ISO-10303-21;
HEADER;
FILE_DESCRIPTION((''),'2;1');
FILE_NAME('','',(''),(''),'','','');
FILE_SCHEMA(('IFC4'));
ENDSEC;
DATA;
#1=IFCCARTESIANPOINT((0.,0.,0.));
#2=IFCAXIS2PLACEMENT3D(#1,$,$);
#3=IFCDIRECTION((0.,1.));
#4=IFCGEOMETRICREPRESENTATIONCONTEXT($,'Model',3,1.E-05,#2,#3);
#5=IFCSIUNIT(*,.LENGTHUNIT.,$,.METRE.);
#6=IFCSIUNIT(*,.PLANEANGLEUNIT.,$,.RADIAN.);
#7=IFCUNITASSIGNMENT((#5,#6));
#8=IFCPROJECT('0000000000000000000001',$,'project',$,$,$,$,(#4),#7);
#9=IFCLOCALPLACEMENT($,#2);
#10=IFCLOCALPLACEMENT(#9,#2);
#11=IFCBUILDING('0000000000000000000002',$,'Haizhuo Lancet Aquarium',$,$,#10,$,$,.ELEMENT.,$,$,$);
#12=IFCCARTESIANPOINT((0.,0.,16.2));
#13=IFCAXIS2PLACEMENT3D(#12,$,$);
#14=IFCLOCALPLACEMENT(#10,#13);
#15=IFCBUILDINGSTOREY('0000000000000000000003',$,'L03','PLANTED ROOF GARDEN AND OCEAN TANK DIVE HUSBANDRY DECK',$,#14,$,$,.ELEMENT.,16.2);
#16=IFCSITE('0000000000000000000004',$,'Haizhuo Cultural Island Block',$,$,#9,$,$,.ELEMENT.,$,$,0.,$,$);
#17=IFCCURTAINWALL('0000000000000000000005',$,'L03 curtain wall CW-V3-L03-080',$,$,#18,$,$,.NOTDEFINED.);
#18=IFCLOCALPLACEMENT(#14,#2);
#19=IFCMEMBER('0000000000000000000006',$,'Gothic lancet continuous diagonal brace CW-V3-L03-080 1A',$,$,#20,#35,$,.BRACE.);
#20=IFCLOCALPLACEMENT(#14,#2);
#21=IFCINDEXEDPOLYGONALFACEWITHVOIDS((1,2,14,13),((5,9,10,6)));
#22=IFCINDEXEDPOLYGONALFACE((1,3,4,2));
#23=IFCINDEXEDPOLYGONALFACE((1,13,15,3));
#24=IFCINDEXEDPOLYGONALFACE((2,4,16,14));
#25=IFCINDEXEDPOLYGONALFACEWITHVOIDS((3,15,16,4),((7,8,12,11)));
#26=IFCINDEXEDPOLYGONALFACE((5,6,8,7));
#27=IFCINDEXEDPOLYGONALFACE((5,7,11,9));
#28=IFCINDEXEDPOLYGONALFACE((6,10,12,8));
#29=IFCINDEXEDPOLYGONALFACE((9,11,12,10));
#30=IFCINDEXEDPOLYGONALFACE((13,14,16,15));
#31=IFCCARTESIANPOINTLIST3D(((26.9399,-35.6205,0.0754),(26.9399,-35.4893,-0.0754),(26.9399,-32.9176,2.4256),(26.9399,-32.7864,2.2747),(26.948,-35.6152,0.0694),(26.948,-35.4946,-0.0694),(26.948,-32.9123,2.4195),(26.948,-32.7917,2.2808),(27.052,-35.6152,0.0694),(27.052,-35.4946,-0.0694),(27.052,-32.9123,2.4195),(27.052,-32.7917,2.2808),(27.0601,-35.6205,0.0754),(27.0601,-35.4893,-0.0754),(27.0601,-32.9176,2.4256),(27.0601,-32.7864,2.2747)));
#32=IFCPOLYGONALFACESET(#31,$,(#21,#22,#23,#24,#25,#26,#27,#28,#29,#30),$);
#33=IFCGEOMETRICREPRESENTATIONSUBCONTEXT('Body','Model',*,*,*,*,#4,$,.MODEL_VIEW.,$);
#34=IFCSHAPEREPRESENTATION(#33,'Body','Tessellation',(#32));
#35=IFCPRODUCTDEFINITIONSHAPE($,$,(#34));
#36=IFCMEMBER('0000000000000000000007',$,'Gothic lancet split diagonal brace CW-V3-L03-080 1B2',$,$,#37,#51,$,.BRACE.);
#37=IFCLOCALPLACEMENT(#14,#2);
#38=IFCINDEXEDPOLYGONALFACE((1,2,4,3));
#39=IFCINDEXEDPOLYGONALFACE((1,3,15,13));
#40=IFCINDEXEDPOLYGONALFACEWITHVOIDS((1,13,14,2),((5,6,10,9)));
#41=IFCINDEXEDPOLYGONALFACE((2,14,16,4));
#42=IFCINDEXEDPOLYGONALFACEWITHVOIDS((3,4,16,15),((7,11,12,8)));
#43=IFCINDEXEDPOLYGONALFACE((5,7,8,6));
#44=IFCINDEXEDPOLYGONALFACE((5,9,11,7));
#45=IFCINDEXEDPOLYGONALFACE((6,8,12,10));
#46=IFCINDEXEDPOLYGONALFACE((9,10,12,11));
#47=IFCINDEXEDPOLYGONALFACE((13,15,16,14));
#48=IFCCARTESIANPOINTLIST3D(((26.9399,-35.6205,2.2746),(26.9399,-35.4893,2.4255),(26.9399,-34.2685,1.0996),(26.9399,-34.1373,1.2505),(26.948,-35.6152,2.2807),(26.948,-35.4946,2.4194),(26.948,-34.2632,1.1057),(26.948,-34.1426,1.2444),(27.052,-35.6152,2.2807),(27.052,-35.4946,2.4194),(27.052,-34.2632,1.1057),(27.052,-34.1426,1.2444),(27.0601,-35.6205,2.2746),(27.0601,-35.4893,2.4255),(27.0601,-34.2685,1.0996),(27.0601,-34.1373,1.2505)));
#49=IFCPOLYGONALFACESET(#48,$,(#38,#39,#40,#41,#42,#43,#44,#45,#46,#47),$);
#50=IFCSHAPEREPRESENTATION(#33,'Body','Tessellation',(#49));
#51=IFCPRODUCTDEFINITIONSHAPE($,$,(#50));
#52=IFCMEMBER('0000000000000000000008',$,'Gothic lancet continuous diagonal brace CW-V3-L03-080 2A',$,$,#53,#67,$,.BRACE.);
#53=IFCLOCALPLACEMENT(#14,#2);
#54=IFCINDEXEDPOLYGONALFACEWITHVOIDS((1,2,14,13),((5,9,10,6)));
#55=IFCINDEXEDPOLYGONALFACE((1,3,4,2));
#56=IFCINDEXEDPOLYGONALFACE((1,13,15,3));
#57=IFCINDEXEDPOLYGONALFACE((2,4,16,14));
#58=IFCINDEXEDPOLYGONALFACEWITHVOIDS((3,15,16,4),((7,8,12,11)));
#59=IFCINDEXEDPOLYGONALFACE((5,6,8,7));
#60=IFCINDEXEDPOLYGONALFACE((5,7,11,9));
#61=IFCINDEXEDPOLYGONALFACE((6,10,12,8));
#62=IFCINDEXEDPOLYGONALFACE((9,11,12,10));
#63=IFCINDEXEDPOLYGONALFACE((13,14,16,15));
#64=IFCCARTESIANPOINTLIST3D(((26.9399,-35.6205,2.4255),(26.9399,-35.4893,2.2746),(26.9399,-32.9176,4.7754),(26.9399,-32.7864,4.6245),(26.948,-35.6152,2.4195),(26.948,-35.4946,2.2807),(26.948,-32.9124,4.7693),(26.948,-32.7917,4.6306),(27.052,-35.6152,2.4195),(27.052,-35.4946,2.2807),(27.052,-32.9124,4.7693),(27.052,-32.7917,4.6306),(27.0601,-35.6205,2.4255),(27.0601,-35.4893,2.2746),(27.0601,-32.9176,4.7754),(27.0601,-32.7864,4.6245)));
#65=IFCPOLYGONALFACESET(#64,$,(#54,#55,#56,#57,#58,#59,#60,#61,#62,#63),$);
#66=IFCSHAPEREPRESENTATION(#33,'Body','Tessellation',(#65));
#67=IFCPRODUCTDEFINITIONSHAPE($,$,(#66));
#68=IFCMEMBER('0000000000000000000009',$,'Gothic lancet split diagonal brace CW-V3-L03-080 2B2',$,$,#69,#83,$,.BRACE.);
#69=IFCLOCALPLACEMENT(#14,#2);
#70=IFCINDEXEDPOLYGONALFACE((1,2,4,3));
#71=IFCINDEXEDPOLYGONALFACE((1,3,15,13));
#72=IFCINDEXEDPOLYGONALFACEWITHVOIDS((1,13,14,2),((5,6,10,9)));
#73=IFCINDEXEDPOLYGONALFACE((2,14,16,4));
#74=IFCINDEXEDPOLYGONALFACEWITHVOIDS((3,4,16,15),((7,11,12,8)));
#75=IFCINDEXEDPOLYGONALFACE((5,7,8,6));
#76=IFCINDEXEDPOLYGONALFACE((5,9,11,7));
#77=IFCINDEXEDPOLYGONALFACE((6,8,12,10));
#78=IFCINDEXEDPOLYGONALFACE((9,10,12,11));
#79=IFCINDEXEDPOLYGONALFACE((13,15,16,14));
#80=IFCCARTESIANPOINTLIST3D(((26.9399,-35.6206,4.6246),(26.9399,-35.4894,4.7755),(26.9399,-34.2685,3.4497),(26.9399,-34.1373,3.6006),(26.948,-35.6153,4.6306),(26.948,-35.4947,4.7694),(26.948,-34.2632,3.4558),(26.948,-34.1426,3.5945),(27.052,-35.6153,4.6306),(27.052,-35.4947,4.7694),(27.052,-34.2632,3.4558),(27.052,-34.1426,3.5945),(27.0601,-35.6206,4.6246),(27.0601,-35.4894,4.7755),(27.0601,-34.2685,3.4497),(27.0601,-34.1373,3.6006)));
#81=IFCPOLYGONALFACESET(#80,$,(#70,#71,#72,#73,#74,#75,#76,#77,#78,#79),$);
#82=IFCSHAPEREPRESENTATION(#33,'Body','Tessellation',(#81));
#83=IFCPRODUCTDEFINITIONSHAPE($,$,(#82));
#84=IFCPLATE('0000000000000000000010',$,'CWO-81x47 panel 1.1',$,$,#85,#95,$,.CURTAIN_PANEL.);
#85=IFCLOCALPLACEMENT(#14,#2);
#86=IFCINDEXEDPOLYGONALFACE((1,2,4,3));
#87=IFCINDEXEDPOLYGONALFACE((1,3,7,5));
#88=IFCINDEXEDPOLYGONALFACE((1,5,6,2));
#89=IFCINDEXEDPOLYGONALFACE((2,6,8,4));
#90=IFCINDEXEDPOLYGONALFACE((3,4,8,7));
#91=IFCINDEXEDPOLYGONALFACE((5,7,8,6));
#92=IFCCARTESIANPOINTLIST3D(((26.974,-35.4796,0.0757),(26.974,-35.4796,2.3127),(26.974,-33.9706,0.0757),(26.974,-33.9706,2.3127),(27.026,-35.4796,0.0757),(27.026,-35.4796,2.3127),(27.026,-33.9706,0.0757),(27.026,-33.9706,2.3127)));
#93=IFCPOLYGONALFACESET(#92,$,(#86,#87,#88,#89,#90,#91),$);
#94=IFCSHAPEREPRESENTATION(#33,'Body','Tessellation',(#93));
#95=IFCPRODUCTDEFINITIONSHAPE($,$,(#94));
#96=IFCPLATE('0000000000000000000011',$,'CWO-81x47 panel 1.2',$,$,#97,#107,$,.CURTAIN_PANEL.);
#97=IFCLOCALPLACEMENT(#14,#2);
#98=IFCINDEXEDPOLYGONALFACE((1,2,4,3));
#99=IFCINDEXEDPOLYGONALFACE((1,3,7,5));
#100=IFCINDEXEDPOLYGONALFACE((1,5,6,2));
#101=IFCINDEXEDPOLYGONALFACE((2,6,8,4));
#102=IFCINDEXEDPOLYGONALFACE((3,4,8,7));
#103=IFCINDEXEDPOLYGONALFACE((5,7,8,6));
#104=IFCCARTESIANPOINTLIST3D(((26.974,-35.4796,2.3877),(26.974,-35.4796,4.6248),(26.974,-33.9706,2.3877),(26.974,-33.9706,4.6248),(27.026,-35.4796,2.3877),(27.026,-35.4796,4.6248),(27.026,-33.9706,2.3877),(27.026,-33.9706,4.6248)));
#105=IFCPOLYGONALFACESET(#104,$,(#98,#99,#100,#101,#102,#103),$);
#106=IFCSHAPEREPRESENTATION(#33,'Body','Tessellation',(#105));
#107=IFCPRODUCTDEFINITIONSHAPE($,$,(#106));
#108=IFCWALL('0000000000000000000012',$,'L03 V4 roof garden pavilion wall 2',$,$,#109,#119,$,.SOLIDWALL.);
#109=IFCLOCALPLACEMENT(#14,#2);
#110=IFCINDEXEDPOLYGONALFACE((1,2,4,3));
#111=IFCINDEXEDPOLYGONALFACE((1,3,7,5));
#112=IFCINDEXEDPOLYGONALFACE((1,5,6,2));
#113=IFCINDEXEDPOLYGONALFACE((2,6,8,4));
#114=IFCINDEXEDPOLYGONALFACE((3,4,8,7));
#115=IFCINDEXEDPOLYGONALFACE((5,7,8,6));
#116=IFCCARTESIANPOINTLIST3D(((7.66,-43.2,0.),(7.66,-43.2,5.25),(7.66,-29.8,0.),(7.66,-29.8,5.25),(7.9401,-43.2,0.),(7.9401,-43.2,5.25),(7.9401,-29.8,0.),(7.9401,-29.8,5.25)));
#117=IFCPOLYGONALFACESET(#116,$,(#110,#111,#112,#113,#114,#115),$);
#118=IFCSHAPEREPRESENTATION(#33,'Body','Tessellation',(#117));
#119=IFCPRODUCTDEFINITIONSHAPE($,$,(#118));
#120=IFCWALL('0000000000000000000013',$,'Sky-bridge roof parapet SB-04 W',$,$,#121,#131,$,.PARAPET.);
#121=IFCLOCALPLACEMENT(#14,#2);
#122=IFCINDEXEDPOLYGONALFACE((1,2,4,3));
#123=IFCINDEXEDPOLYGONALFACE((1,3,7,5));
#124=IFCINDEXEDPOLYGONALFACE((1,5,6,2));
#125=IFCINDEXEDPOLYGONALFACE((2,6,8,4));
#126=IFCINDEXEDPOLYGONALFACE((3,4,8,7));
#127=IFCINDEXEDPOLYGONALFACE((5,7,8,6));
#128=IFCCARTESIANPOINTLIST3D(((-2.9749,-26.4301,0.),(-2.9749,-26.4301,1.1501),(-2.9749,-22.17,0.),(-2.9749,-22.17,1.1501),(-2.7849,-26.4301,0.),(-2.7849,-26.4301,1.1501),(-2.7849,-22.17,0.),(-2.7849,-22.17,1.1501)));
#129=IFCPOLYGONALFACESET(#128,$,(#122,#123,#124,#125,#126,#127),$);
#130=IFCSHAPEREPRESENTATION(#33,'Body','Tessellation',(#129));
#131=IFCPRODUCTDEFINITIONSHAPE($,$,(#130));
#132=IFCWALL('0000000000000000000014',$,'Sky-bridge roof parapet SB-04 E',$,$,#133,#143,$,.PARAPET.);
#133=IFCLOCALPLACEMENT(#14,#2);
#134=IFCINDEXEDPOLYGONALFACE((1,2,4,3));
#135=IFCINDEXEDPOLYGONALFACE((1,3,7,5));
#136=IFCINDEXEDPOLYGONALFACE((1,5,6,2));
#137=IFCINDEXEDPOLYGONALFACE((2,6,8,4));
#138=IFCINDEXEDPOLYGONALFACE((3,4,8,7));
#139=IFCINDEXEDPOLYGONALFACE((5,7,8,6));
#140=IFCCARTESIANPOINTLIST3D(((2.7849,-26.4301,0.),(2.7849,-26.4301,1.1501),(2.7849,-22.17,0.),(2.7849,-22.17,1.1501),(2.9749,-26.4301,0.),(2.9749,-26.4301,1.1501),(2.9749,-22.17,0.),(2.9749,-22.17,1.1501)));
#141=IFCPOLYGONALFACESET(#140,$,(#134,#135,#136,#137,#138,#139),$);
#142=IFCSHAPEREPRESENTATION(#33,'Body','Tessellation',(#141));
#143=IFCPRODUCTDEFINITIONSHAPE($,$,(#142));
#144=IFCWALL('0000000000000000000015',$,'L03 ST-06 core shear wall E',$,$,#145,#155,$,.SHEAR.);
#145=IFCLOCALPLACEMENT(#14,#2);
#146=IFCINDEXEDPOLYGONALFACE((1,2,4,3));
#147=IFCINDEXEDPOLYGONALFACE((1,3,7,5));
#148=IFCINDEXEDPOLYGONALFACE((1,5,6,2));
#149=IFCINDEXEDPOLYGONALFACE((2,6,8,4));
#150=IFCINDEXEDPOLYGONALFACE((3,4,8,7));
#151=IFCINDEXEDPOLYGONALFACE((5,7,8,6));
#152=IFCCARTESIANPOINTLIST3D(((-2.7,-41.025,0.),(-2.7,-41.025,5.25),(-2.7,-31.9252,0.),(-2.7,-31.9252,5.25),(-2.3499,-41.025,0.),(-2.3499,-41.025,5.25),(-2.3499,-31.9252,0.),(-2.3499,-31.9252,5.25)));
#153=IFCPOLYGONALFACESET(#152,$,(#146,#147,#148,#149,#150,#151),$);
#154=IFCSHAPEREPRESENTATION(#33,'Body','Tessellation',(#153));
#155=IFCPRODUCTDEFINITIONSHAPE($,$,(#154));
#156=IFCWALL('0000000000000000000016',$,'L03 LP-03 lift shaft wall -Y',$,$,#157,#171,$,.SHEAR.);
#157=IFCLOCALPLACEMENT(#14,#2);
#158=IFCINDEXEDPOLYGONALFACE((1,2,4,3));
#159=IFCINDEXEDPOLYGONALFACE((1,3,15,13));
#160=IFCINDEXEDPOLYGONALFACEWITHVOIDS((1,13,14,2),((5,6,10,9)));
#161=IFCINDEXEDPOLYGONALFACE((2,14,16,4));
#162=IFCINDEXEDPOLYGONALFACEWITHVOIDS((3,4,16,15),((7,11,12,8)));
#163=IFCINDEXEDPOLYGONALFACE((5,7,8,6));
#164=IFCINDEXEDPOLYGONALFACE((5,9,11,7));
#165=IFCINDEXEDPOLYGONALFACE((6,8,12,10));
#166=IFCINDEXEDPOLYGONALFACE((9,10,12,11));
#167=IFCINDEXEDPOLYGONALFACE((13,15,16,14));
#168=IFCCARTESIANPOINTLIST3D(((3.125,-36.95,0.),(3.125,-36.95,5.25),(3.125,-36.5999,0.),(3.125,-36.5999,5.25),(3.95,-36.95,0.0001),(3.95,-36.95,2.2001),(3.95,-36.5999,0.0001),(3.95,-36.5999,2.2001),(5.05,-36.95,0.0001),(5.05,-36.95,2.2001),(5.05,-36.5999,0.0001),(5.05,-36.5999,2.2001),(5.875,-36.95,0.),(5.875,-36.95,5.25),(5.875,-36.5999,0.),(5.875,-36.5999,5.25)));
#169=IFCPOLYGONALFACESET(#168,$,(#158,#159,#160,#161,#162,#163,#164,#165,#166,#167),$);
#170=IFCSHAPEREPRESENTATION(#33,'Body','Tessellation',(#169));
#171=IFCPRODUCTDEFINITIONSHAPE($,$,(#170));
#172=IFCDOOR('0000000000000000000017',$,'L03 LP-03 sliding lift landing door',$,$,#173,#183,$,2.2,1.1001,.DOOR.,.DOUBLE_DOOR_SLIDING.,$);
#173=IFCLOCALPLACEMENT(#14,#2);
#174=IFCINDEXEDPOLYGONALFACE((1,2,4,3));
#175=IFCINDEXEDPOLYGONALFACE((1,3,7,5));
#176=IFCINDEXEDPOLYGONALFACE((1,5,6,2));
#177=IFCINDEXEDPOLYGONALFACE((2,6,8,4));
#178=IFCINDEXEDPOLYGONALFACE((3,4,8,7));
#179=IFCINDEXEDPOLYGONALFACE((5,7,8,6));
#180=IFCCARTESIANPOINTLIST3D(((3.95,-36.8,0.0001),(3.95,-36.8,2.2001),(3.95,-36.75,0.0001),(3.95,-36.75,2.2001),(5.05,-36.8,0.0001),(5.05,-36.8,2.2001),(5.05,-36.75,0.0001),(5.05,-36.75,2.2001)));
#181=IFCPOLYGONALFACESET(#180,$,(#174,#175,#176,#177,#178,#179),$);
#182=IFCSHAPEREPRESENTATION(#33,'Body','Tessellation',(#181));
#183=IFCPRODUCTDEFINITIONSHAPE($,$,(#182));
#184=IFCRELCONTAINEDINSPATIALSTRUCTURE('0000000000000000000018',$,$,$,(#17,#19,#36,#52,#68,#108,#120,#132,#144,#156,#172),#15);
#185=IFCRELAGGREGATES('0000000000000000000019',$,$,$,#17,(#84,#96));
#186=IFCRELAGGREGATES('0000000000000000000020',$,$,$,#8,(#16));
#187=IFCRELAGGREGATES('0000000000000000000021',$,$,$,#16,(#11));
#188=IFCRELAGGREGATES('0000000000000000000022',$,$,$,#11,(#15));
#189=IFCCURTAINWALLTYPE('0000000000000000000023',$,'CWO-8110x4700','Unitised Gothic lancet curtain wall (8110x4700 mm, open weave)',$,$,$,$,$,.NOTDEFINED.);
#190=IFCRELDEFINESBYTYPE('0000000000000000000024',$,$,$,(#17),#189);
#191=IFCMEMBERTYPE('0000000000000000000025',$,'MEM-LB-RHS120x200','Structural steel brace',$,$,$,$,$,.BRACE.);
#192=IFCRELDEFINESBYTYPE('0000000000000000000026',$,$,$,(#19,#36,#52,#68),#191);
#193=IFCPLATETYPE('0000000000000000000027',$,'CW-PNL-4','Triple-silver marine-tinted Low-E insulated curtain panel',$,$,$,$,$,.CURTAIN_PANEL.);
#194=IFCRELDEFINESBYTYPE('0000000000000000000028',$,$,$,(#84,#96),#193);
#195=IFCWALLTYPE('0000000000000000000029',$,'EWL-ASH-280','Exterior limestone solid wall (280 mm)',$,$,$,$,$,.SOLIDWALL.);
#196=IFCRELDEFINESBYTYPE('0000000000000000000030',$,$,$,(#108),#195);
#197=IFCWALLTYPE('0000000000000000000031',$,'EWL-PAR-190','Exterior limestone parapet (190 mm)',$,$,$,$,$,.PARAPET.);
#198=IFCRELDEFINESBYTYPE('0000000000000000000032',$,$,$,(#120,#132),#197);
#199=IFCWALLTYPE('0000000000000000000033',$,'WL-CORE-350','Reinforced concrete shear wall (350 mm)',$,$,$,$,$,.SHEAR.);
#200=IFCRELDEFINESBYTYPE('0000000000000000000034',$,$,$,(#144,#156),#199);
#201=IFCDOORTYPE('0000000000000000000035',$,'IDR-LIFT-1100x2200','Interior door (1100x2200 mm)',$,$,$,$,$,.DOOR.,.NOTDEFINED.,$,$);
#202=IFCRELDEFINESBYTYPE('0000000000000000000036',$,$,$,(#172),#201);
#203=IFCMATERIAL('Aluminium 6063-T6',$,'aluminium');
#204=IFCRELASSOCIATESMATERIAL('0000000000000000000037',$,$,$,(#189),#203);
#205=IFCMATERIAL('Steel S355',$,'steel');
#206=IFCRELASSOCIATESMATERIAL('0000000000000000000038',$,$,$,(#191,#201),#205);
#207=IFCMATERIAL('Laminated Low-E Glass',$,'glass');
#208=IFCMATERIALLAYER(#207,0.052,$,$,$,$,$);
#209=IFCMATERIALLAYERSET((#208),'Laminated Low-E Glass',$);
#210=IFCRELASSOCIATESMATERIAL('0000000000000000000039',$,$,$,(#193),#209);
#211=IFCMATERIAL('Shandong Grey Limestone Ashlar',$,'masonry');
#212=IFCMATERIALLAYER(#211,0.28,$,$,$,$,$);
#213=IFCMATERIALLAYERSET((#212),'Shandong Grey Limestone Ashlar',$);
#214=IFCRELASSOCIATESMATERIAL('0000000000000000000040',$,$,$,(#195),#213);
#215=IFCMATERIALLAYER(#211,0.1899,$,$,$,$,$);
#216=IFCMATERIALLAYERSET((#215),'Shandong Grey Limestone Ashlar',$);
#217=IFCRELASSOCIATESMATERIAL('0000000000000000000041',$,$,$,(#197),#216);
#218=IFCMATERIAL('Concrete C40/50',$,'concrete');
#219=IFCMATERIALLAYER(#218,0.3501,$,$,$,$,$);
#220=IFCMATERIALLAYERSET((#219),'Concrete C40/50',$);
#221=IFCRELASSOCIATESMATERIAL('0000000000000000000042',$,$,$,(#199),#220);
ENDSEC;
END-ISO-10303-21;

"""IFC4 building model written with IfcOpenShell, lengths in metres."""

from ifc_helpers import new_model, si_unit, direction, frame, frame_2d, origin, origin_2d, place, context, subcontext, project, spatial, rectangle, hollow_rectangle, extrude, material, layer, layer_set, material_profile, profile_set, type_object, element, fill, aggregate, save


model = new_model("IFC4")

# Units and contexts
model_context = context("Model", 3, precision=1e-05, world=origin(), true_north=direction((0.0, 1.0)))
body_context = subcontext(model_context, "Body", "Model", "MODEL_VIEW")
ifc_project = project(units=[si_unit("LENGTHUNIT", "METRE"), si_unit("PLANEANGLEUNIT", "RADIAN")], contexts=[model_context])

# Site, building, storey
site_placement = place(None, origin())
site = spatial("IfcSite", under=ifc_project, at=site_placement, Name="Haizhuo Cultural Island Block", CompositionType="ELEMENT", RefElevation=0.0)
building_placement = place(site_placement, origin())
building = spatial("IfcBuilding", under=site, at=building_placement, Name="Haizhuo Lancet Aquarium", CompositionType="ELEMENT")
storey_placement = place(building_placement, frame((0.0, 0.0, 16.2)))
storey = spatial("IfcBuildingStorey", under=building, at=storey_placement, Name="L03", Description="PLANTED ROOF GARDEN AND OCEAN TANK DIVE HUSBANDRY DECK", CompositionType="ELEMENT", Elevation=16.2)

# Shared definitions
ifc_material_1 = material(Name="Concrete C40/50", Category="concrete")

# Curtain wall
ifc_material_2 = material(Name="Aluminium 6063-T6", Category="aluminium")
curtain_wall_type = type_object("IfcCurtainWallType", Name="CWO-8110x4700", Description="Unitised Gothic lancet curtain wall (8110x4700 mm, open weave)", PredefinedType="NOTDEFINED", material=ifc_material_2)
curtain_wall_placement = place(storey_placement, origin())
curtain_wall = element("IfcCurtainWall", 1, at=curtain_wall_placement, inside=storey, type_object=curtain_wall_type, Name="L03 curtain wall CW-V3-L03-080", PredefinedType="NOTDEFINED")

# Members
ifc_material_3 = material(Name="Steel S355", Category="steel")
ifc_material_profile_1 = material_profile(ifc_material_3, hollow_rectangle(XDim=0.1201, YDim=0.2, WallThickness=0.0081, at=origin_2d()), Name="RHS 120x200x8")
ifc_profile_set_1 = profile_set([ifc_material_profile_1], Name="Steel S355")
member_type_1 = type_object("IfcMemberType", Name="MEM-LB-RHS120x200", Description="Structural steel brace", PredefinedType="BRACE", material=ifc_profile_set_1)
member_1_placement = place(storey_placement, frame((27.0, -35.5549, 0.0), z_axis=(0.0, 0.754638, 0.656142), x_axis=(-1.0, 0.0, 0.0)))
element("IfcMember", 2, at=member_1_placement, inside=storey, type_object=member_type_1, Name="Gothic lancet continuous diagonal brace CW-V3-L03-080 1A", PredefinedType="BRACE", context=body_context, shape_type="SweptSolid", body=[
    extrude(hollow_rectangle(XDim=0.1201, YDim=0.2, WallThickness=0.0081, at=origin_2d()), origin(), (0.0, 0.0, 1.0), 3.5818),
])
member_2_placement = place(storey_placement, frame((27.0, -34.2029, 1.175), z_axis=(0.0, -0.754784, 0.655973), x_axis=(1.0, 0.0, 0.0)))
element("IfcMember", 3, at=member_2_placement, inside=storey, type_object=member_type_1, Name="Gothic lancet split diagonal brace CW-V3-L03-080 1B2", PredefinedType="BRACE", context=body_context, shape_type="SweptSolid", body=[
    extrude(hollow_rectangle(XDim=0.1201, YDim=0.2, WallThickness=0.0081, at=origin_2d()), origin(), (0.0, 0.0, 1.0), 1.7913),
])
member_3_placement = place(storey_placement, frame((27.0, -35.5549, 2.3501), z_axis=(0.0, 0.754672, 0.656103), x_axis=(-1.0, 0.0, 0.0)))
element("IfcMember", 4, at=member_3_placement, inside=storey, type_object=member_type_1, Name="Gothic lancet continuous diagonal brace CW-V3-L03-080 2A", PredefinedType="BRACE", context=body_context, shape_type="SweptSolid", body=[
    extrude(hollow_rectangle(XDim=0.1201, YDim=0.2, WallThickness=0.0081, at=origin_2d()), origin(), (0.0, 0.0, 1.0), 3.5815),
])
member_4_placement = place(storey_placement, frame((27.0, -34.2029, 3.5251), z_axis=(0.0, -0.754852, 0.655895), x_axis=(1.0, 0.0, 0.0)))
element("IfcMember", 5, at=member_4_placement, inside=storey, type_object=member_type_1, Name="Gothic lancet split diagonal brace CW-V3-L03-080 2B2", PredefinedType="BRACE", context=body_context, shape_type="SweptSolid", body=[
    extrude(hollow_rectangle(XDim=0.1201, YDim=0.2, WallThickness=0.0081, at=origin_2d()), origin(), (0.0, 0.0, 1.0), 1.7913),
])

# Plates
ifc_material_4 = material(Name="Laminated Low-E Glass", Category="glass")
ifc_layer_1 = layer(ifc_material_4, 0.052)
ifc_layer_set_1 = layer_set([ifc_layer_1], Name="Laminated Low-E Glass")
plate_type = type_object("IfcPlateType", Name="CW-PNL-4", Description="Triple-silver marine-tinted Low-E insulated curtain panel", PredefinedType="CURTAIN_PANEL", material=ifc_layer_set_1)
plate_1_placement = place(storey_placement, frame((27.0, -34.7251, 0.0757), z_axis=(0.0, 0.0, 1.0), x_axis=(0.0, 1.0, 0.0)))
plate_1 = element("IfcPlate", 6, at=plate_1_placement, type_object=plate_type, Name="CWO-81x47 panel 1.1", PredefinedType="CURTAIN_PANEL", context=body_context, shape_type="SweptSolid", body=[
    extrude(rectangle(XDim=1.509, YDim=0.052, at=origin_2d()), origin(), (0.0, 0.0, 1.0), 2.2371),
])
plate_2_placement = place(storey_placement, frame((27.0, -34.7251, 2.3877), z_axis=(0.0, 0.0, 1.0), x_axis=(0.0, 1.0, 0.0)))
plate_2 = element("IfcPlate", 7, at=plate_2_placement, type_object=plate_type, Name="CWO-81x47 panel 1.2", PredefinedType="CURTAIN_PANEL", context=body_context, shape_type="SweptSolid", body=[
    extrude(rectangle(XDim=1.509, YDim=0.052, at=origin_2d()), origin(), (0.0, 0.0, 1.0), 2.2371),
])
aggregate(curtain_wall, [plate_1, plate_2])

# Wall
ifc_material_5 = material(Name="Shandong Grey Limestone Ashlar", Category="masonry")
ifc_layer_2 = layer(ifc_material_5, 0.28)
ifc_layer_set_2 = layer_set([ifc_layer_2], Name="Shandong Grey Limestone Ashlar")
wall_type_1 = type_object("IfcWallType", Name="EWL-ASH-280", Description="Exterior limestone solid wall (280 mm)", PredefinedType="SOLIDWALL", material=ifc_layer_set_2)
wall_1_placement = place(storey_placement, frame((7.8, -29.8, 0.0), z_axis=(0.0, 0.0, 1.0), x_axis=(0.0, -1.0, 0.0)))
element("IfcWall", 8, at=wall_1_placement, inside=storey, type_object=wall_type_1, Name="L03 V4 roof garden pavilion wall 2", PredefinedType="SOLIDWALL", context=body_context, shape_type="SweptSolid", body=[
    extrude(rectangle(XDim=13.3999, YDim=0.28, at=frame_2d((6.7, 0.0))), origin(), (0.0, 0.0, 1.0), 5.25),
])

# Walls
ifc_layer_3 = layer(ifc_material_5, 0.1899)
ifc_layer_set_3 = layer_set([ifc_layer_3], Name="Shandong Grey Limestone Ashlar")
wall_type_2 = type_object("IfcWallType", Name="EWL-PAR-190", Description="Exterior limestone parapet (190 mm)", PredefinedType="PARAPET", material=ifc_layer_set_3)
for number, where, z_axis, x_axis, name in (
    (9, (-2.8799, -26.4299, 0.0), (0.0, 0.0, 1.0), (0.0, 1.0, 0.0), "Sky-bridge roof parapet SB-04 W"),
    (10, (2.8799, -26.4299, 0.0), (0.0, 0.0, 1.0), (0.0, 1.0, 0.0), "Sky-bridge roof parapet SB-04 E"),
):
    element("IfcWall", number, at=place(storey_placement, frame(where, z_axis=z_axis, x_axis=x_axis)), inside=storey, type_object=wall_type_2, Name=name, PredefinedType="PARAPET", context=body_context, shape_type="SweptSolid", body=[
        extrude(rectangle(XDim=4.26, YDim=0.1899, at=frame_2d((2.1299, 0.0))), origin(), (0.0, 0.0, 1.0), 1.1501),
    ])
ifc_layer_4 = layer(ifc_material_1, 0.3501)
ifc_layer_set_4 = layer_set([ifc_layer_4], Name="Concrete C40/50")
wall_type_3 = type_object("IfcWallType", Name="WL-CORE-350", Description="Reinforced concrete shear wall (350 mm)", PredefinedType="SHEAR", material=ifc_layer_set_4)
wall_2_placement = place(storey_placement, frame((-2.5249, -41.0249, 0.0), z_axis=(0.0, 0.0, 1.0), x_axis=(0.0, 1.0, 0.0)))
element("IfcWall", 11, at=wall_2_placement, inside=storey, type_object=wall_type_3, Name="L03 ST-06 core shear wall E", PredefinedType="SHEAR", context=body_context, shape_type="SweptSolid", body=[
    extrude(rectangle(XDim=9.0999, YDim=0.3501, at=frame_2d((4.5498, 0.0))), origin(), (0.0, 0.0, 1.0), 5.25),
])

# Wall, opening, door
wall_3_placement = place(storey_placement, frame((3.125, -36.7749, 0.0), z_axis=(0.0, 0.0, 1.0), x_axis=(1.0, 0.0, 0.0)))
wall_3 = element("IfcWall", 12, at=wall_3_placement, inside=storey, type_object=wall_type_3, Name="L03 LP-03 lift shaft wall -Y", PredefinedType="SHEAR", context=body_context, shape_type="SweptSolid", body=[
    extrude(rectangle(XDim=2.75, YDim=0.3501, at=frame_2d((1.375, 0.0))), origin(), (0.0, 0.0, 1.0), 5.25),
])
opening_1_placement = place(wall_3_placement, frame((0.825, 0.0, 0.0)))
opening_1 = element("IfcOpeningElement", 13, at=opening_1_placement, cuts=wall_3, PredefinedType="OPENING", context=body_context, shape_type="SweptSolid", body=[
    extrude(rectangle(XDim=1.1001, YDim=2.2, at=frame_2d((0.55, 1.1001))), frame((0.0, 0.1851, 0.0), z_axis=(0.0, -1.0, 0.0), x_axis=(1.0, 0.0, 0.0)), (0.0, 0.0, 1.0), 0.3701),
])
door_type_1 = type_object("IfcDoorType", Name="IDR-LIFT-1100x2200", Description="Interior door (1100x2200 mm)", OperationType="NOTDEFINED", PredefinedType="DOOR", material=ifc_material_3)
door_1_placement = place(opening_1_placement, origin())
door_1 = element("IfcDoor", 14, at=door_1_placement, inside=storey, type_object=door_type_1, Name="L03 LP-03 sliding lift landing door", OperationType="DOUBLE_DOOR_SLIDING", OverallHeight=2.2, OverallWidth=1.1001, PredefinedType="DOOR", context=body_context, shape_type="SweptSolid", body=[
    extrude(rectangle(XDim=1.1001, YDim=2.2, at=frame_2d((0.55, 1.1001))), frame((0.0, 0.0249, 0.0), z_axis=(0.0, -1.0, 0.0), x_axis=(1.0, 0.0, 0.0)), (0.0, 0.0, 1.0), 0.05),
])
fill(opening_1, door_1)

save(model, "model.ifc")
